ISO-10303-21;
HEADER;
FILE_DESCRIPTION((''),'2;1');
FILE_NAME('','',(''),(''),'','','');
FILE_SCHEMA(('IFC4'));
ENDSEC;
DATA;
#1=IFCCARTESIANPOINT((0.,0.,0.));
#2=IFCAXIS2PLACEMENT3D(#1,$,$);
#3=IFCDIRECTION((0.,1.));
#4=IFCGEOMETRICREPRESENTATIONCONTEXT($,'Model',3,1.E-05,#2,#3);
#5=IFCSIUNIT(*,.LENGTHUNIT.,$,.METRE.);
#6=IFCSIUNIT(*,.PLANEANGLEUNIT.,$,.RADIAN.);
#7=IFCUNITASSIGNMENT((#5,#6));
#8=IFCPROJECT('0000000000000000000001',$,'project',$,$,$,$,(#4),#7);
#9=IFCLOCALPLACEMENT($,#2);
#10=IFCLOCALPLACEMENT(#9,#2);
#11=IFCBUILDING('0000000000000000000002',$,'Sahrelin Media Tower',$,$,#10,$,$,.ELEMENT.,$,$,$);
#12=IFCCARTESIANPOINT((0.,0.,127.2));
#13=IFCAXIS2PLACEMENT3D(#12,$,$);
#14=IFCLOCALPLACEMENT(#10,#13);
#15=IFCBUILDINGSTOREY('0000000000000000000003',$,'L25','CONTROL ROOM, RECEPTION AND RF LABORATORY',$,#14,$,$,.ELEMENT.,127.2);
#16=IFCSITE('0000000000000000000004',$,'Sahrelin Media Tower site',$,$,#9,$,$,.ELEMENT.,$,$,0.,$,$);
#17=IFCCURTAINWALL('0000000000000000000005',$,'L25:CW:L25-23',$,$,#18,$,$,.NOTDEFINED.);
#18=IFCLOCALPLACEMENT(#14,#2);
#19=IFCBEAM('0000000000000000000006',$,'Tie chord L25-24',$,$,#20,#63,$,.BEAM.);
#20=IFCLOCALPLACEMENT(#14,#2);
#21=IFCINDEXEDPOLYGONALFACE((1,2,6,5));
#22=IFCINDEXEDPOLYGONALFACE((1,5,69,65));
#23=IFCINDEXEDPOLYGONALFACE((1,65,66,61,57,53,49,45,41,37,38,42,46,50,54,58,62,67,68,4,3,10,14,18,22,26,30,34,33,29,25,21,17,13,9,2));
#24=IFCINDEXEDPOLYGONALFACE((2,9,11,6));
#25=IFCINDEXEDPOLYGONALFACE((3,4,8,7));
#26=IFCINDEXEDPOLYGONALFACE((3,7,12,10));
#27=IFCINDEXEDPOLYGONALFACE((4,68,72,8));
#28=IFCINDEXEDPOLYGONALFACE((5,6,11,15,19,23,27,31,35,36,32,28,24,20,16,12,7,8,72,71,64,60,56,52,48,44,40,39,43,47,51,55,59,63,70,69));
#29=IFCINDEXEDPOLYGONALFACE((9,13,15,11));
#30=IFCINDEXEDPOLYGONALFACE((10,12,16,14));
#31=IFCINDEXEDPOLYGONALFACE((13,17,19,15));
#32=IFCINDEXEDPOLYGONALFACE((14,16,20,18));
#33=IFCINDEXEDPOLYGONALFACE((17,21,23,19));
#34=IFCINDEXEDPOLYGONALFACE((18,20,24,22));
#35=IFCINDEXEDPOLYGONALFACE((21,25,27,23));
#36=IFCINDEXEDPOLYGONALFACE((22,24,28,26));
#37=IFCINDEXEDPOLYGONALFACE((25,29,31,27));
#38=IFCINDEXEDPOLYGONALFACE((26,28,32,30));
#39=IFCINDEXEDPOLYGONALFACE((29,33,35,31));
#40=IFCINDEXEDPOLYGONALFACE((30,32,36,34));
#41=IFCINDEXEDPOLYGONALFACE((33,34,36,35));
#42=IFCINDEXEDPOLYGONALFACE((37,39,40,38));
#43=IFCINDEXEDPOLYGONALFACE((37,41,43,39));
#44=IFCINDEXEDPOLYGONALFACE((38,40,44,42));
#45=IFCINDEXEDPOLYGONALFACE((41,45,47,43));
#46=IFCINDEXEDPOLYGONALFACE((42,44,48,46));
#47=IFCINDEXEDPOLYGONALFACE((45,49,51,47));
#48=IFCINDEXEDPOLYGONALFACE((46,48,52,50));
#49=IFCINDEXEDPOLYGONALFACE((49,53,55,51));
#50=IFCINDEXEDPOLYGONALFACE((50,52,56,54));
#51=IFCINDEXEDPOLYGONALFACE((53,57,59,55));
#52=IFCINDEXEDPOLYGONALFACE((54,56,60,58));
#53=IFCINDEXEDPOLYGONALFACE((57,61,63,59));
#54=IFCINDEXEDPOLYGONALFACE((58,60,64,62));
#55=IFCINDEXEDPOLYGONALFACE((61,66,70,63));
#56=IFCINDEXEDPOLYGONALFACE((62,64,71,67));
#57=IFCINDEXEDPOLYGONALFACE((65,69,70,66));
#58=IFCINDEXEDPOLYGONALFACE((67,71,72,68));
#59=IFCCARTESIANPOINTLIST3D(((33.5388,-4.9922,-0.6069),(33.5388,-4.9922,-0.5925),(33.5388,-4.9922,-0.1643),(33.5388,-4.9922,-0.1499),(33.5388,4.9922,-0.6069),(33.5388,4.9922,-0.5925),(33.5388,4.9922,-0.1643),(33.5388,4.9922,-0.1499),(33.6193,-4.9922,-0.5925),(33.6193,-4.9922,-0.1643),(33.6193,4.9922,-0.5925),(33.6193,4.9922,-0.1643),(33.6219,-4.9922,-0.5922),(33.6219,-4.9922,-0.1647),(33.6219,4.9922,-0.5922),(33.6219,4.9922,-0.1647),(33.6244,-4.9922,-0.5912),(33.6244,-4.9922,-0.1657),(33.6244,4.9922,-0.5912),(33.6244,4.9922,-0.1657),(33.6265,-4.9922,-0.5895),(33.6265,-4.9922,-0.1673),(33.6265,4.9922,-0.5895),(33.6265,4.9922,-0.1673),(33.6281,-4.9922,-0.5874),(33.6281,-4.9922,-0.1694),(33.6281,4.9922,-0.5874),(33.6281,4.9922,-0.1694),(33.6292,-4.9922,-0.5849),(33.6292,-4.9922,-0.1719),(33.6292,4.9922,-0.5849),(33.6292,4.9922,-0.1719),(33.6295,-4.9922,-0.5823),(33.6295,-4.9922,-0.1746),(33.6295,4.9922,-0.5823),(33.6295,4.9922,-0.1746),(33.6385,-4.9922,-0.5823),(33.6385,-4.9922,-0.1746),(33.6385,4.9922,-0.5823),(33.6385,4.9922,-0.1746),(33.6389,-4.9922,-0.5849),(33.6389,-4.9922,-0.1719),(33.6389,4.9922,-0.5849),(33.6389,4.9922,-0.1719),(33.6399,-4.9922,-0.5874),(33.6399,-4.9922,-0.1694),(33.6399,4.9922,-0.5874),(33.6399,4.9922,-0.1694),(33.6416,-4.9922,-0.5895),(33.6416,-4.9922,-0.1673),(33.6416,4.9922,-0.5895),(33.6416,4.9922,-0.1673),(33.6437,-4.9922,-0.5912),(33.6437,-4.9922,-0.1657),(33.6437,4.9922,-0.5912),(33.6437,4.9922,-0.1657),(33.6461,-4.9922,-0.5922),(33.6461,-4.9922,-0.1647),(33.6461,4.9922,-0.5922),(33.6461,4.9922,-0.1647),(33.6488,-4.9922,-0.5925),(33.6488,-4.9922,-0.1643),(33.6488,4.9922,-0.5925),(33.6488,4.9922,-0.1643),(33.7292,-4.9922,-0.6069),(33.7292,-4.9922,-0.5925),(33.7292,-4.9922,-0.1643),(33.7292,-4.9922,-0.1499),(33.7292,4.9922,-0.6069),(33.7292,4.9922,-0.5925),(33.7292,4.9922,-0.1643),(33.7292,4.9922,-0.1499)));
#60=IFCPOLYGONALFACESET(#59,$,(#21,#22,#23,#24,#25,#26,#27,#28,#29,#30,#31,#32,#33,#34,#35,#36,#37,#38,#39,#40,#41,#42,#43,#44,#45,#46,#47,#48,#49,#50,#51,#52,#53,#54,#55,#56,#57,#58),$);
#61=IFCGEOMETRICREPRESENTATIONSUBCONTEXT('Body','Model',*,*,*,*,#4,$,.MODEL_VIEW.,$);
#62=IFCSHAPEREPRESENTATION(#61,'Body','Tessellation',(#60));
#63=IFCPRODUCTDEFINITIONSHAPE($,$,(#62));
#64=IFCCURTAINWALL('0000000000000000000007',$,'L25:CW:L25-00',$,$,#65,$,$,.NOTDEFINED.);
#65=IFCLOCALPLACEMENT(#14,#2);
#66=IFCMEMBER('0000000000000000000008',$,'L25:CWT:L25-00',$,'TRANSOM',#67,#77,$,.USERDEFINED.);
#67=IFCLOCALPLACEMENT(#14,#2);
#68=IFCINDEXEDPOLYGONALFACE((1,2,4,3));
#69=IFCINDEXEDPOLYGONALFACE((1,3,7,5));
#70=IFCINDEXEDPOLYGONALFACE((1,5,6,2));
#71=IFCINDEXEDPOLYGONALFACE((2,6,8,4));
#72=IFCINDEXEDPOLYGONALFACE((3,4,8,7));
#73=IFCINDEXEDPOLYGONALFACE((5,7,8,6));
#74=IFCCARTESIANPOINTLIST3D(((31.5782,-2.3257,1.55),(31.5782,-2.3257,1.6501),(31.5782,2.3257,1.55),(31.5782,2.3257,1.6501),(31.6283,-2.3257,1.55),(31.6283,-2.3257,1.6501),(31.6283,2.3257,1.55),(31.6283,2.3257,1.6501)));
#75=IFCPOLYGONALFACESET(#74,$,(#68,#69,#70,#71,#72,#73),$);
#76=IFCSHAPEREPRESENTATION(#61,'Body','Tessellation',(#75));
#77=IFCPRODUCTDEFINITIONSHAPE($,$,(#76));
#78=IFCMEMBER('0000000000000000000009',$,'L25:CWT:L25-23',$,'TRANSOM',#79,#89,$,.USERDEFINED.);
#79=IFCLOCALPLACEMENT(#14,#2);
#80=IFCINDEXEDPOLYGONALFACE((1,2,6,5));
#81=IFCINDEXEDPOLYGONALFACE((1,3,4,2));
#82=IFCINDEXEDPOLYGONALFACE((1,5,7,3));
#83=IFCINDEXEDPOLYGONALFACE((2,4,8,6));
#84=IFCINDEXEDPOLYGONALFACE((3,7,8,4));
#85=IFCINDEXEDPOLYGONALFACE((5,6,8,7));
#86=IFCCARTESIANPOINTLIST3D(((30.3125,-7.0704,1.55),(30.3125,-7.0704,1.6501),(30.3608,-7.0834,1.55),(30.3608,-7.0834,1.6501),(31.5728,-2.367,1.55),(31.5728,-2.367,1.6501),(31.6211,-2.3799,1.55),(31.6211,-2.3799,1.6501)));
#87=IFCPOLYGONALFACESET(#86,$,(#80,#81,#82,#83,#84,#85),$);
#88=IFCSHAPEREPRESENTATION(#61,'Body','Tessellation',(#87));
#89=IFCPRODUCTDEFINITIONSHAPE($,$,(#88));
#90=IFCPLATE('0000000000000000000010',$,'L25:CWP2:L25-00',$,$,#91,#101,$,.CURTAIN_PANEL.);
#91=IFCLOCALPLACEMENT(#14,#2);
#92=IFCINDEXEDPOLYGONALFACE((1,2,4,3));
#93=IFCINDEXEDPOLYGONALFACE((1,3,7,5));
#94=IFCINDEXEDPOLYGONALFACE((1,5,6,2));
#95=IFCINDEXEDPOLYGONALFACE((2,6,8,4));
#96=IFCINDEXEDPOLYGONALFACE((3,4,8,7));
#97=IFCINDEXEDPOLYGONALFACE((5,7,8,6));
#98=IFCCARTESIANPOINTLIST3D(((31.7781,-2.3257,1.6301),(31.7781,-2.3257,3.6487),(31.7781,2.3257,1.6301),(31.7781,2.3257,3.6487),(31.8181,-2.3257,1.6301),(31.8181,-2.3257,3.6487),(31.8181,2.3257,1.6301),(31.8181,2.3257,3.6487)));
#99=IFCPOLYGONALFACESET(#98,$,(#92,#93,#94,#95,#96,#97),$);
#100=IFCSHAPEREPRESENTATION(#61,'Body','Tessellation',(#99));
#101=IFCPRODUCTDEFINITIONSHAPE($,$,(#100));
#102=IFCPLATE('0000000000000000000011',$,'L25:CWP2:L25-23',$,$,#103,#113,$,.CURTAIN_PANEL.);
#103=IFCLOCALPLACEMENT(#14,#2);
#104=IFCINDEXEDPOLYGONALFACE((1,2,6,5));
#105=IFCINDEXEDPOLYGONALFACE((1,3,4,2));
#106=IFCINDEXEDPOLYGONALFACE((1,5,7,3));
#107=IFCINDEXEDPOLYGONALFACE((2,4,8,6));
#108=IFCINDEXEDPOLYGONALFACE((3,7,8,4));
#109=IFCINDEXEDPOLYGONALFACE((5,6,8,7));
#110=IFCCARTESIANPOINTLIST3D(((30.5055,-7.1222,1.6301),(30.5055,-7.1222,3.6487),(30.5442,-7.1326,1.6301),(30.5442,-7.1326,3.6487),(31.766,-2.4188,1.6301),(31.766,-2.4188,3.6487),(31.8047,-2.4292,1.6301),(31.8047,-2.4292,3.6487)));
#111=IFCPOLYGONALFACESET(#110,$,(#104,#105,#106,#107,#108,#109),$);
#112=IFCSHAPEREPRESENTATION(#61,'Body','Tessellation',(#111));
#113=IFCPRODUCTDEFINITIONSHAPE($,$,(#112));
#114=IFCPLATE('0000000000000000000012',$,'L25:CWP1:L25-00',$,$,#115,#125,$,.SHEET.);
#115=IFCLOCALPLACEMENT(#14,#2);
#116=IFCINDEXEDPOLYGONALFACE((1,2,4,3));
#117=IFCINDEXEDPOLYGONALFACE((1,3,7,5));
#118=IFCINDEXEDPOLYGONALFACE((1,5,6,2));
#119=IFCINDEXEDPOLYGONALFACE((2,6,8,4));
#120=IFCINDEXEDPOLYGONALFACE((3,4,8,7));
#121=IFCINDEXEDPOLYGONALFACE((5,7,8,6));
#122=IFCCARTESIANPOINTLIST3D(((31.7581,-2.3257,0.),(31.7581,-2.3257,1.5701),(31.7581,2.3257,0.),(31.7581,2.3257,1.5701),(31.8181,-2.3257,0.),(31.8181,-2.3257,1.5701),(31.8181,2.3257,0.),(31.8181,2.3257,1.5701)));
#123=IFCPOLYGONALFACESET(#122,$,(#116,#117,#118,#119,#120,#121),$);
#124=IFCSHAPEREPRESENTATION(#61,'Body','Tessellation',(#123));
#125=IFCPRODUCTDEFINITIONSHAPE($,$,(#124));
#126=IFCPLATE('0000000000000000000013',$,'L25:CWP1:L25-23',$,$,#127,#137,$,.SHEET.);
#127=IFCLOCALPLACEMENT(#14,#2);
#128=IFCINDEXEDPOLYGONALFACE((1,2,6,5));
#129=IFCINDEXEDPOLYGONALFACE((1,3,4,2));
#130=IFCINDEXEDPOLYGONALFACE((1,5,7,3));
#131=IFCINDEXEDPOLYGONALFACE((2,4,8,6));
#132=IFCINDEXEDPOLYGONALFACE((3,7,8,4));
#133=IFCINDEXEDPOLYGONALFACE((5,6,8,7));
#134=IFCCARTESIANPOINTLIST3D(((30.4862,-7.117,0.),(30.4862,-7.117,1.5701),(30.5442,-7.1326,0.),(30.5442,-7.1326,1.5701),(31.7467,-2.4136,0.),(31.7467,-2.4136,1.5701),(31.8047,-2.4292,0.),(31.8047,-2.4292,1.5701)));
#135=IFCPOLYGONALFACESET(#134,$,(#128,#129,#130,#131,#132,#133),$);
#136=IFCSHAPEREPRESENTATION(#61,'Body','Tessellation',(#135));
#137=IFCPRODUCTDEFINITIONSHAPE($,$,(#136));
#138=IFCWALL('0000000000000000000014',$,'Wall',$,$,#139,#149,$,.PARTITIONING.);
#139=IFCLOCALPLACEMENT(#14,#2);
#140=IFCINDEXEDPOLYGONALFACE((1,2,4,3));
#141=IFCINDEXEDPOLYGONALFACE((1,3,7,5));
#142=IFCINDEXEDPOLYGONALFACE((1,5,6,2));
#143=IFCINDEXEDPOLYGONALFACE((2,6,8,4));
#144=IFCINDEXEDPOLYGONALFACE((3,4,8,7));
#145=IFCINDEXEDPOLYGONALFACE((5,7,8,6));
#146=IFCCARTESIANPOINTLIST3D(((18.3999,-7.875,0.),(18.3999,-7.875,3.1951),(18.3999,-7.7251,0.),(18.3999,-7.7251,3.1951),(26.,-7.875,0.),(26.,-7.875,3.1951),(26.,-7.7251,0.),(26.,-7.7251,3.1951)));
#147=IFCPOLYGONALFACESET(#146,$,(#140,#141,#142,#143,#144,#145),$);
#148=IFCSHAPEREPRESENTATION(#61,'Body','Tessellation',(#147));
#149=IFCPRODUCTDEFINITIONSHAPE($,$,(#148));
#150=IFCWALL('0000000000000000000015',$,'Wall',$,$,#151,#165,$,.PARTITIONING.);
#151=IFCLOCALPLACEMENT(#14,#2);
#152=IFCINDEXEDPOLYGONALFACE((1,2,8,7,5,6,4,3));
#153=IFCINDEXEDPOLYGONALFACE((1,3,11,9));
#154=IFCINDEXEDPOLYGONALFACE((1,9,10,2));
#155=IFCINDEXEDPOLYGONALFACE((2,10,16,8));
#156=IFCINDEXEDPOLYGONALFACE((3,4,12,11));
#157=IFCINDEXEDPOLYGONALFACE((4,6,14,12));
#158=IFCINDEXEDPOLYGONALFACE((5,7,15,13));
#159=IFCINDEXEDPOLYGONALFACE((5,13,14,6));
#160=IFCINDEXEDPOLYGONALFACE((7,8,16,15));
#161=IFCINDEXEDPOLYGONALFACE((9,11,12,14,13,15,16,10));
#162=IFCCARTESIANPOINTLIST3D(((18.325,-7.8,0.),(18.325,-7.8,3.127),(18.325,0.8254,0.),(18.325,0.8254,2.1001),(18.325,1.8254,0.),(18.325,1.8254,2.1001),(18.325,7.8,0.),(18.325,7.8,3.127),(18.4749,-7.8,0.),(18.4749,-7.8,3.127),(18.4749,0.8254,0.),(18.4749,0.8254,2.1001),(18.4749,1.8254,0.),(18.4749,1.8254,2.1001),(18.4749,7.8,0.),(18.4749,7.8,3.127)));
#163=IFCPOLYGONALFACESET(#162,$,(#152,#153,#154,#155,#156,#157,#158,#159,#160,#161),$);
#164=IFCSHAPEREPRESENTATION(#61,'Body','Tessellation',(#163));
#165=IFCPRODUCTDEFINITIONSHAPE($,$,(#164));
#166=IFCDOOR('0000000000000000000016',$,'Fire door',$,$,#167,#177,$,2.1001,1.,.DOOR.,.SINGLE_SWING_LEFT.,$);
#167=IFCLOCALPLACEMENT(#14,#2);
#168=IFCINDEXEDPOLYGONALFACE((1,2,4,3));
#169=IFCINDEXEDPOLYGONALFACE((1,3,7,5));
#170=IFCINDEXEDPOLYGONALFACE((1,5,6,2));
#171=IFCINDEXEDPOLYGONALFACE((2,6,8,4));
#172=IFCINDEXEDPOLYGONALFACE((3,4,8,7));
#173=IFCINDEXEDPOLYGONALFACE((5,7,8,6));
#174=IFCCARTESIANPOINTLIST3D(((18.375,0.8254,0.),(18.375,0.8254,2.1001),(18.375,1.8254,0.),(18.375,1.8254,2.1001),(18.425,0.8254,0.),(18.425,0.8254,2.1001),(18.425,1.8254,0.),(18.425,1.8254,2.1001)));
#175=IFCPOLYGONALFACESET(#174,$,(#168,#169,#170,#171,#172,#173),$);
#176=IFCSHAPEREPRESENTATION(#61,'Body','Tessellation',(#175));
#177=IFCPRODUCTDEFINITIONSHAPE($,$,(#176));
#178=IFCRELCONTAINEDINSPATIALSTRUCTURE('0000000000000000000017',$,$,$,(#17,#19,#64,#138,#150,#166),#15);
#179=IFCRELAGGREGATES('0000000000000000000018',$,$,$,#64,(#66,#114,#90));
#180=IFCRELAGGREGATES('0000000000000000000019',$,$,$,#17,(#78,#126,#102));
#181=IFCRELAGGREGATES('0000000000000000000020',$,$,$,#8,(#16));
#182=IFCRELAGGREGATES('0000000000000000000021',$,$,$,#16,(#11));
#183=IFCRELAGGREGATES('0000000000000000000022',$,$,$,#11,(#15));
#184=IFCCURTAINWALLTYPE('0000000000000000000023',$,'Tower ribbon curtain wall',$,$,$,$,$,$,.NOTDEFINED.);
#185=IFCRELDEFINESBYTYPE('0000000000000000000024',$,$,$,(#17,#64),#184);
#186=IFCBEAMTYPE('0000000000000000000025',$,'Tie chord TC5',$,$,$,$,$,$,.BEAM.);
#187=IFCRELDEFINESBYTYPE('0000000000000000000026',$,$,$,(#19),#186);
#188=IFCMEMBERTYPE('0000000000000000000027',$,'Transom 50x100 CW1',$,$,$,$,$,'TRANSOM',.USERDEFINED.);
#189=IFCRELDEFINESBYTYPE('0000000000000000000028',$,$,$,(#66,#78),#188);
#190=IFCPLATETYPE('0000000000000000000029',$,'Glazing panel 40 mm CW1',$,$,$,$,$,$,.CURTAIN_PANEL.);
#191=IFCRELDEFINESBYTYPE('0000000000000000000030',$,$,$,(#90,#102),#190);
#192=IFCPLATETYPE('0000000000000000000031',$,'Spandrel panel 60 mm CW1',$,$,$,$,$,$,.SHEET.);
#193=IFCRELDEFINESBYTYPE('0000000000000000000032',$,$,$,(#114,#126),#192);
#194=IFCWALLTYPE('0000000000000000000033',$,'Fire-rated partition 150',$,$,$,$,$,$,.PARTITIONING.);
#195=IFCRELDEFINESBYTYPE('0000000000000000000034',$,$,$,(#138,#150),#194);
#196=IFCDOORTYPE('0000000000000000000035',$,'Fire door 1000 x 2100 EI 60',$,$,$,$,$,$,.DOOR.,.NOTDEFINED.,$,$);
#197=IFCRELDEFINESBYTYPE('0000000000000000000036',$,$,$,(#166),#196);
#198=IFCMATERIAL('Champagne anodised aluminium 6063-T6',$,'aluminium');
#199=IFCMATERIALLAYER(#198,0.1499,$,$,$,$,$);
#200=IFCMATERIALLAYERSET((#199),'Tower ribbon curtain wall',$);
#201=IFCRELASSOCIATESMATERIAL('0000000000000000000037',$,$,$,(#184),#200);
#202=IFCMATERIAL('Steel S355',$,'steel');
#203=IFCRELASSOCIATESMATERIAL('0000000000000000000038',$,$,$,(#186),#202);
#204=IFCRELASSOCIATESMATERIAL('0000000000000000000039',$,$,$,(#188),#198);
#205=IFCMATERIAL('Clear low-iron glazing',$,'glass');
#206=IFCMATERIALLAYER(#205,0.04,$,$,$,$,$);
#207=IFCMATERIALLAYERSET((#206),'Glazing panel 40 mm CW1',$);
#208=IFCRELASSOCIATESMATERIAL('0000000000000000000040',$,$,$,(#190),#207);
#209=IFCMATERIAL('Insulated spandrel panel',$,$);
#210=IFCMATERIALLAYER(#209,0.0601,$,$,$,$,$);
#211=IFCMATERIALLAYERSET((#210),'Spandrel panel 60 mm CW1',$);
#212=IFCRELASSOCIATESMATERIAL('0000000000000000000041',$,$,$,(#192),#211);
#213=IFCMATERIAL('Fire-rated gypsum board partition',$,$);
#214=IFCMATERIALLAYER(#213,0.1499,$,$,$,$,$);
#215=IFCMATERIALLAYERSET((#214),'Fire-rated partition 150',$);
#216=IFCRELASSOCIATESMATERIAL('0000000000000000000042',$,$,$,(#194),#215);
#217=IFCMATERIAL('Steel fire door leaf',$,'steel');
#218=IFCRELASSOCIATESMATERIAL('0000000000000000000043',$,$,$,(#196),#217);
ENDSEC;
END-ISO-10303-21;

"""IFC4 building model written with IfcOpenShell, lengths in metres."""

from ifc_helpers import new_model, si_unit, direction, frame, frame_2d, origin, origin_2d, place, context, subcontext, project, spatial, polyline, rectangle, i_section, outline, extrude, material, layer, layer_set, material_profile, profile_set, type_object, element, fill, aggregate, save


model = new_model("IFC4")

# Units and contexts
model_context = context("Model", 3, precision=1e-05, world=origin(), true_north=direction((0.0, 1.0)))
body_context = subcontext(model_context, "Body", "Model", "MODEL_VIEW")
ifc_project = project(units=[si_unit("LENGTHUNIT", "METRE"), si_unit("PLANEANGLEUNIT", "RADIAN")], contexts=[model_context])

# Site, building, storey
site_placement = place(None, origin())
site = spatial("IfcSite", under=ifc_project, at=site_placement, Name="Sahrelin Media Tower site", CompositionType="ELEMENT", RefElevation=0.0)
building_placement = place(site_placement, origin())
building = spatial("IfcBuilding", under=site, at=building_placement, Name="Sahrelin Media Tower", CompositionType="ELEMENT")
storey_placement = place(building_placement, frame((0.0, 0.0, 127.2)))
storey = spatial("IfcBuildingStorey", under=building, at=storey_placement, Name="L25", Description="CONTROL ROOM, RECEPTION AND RF LABORATORY", CompositionType="ELEMENT", Elevation=127.2)

# Shared definitions
ifc_material_1 = material(Name="Steel S355", Category="steel")

# Curtain wall
ifc_material_2 = material(Name="Champagne anodised aluminium 6063-T6", Category="aluminium")
ifc_layer_1 = layer(ifc_material_2, 0.1499)
ifc_layer_set_1 = layer_set([ifc_layer_1], Name="Tower ribbon curtain wall")
curtain_wall_type = type_object("IfcCurtainWallType", Name="Tower ribbon curtain wall", PredefinedType="NOTDEFINED", material=ifc_layer_set_1)
curtain_wall_1_placement = place(storey_placement, frame((31.155, -4.7759, 0.0), z_axis=(0.0, 0.0, 1.0), x_axis=(1.0, 0.0, 0.0)))
curtain_wall_1 = element("IfcCurtainWall", 1, at=curtain_wall_1_placement, inside=storey, type_object=curtain_wall_type, Name="L25:CW:L25-23", PredefinedType="NOTDEFINED")

# Beam
ifc_material_profile_1 = material_profile(ifc_material_1, i_section(OverallWidth=0.1904, OverallDepth=0.457, WebThickness=0.009, FlangeThickness=0.0144, FilletRadius=0.0103, at=origin_2d()), Name="UB 457x191x74")
ifc_profile_set_1 = profile_set([ifc_material_profile_1], Name="Steel S355")
beam_type_1 = type_object("IfcBeamType", Name="Tie chord TC5", PredefinedType="BEAM", material=ifc_profile_set_1)
beam_1_placement = place(storey_placement, frame((33.634, -4.9922, -0.3784), z_axis=(0.0, 1.0, 0.0), x_axis=(-1.0, 0.0, 0.0)))
element("IfcBeam", 2, at=beam_1_placement, inside=storey, type_object=beam_type_1, Name="Tie chord L25-24", PredefinedType="BEAM", context=body_context, shape_type="SweptSolid", body=[
    extrude(i_section(OverallWidth=0.1904, OverallDepth=0.457, WebThickness=0.009, FlangeThickness=0.0144, FilletRadius=0.0103, at=origin_2d()), origin(), (0.0, 0.0, 1.0), 9.9844),
])

# Curtain wall, member
curtain_wall_2_placement = place(storey_placement, frame((31.7981, 0.0, 0.0), z_axis=(0.0, 0.0, 1.0), x_axis=(1.0, 0.0, 0.0)))
curtain_wall_2 = element("IfcCurtainWall", 3, at=curtain_wall_2_placement, inside=storey, type_object=curtain_wall_type, Name="L25:CW:L25-00", PredefinedType="NOTDEFINED")
ifc_material_profile_2 = material_profile(ifc_material_2, rectangle(XDim=0.05, YDim=0.1001, at=origin_2d()), Name="Transom 50x100")
ifc_profile_set_2 = profile_set([ifc_material_profile_2], Name="Champagne anodised aluminium 6063-T6")
member_type_1 = type_object("IfcMemberType", Name="Transom 50x100 CW1", ElementType="TRANSOM", PredefinedType="USERDEFINED", material=ifc_profile_set_2)
member_1_placement = place(storey_placement, frame((31.6033, -2.3257, 1.6001), z_axis=(0.0, 1.0, 0.0), x_axis=(-1.0, 0.0, 0.0)))
member_1 = element("IfcMember", 4, at=member_1_placement, type_object=member_type_1, Name="L25:CWT:L25-00", ObjectType="TRANSOM", PredefinedType="USERDEFINED", context=body_context, shape_type="SweptSolid", body=[
    extrude(rectangle(XDim=0.05, YDim=0.1001, at=origin_2d()), origin(), (0.0, 0.0, 1.0), 4.6514),
])

# Member
member_2_placement = place(storey_placement, frame((30.3367, -7.0769, 1.6001), z_axis=(0.258817, 0.965926, 0.0), x_axis=(-0.965926, 0.258817, 0.0)))
member_2 = element("IfcMember", 5, at=member_2_placement, type_object=member_type_1, Name="L25:CWT:L25-23", ObjectType="TRANSOM", PredefinedType="USERDEFINED", context=body_context, shape_type="SweptSolid", body=[
    extrude(rectangle(XDim=0.05, YDim=0.1001, at=origin_2d()), origin(), (0.0, 0.0, 1.0), 4.8694),
])

# Plates
ifc_material_3 = material(Name="Clear low-iron glazing", Category="glass")
ifc_layer_2 = layer(ifc_material_3, 0.04)
ifc_layer_set_2 = layer_set([ifc_layer_2], Name="Glazing panel 40 mm CW1")
plate_type_1 = type_object("IfcPlateType", Name="Glazing panel 40 mm CW1", PredefinedType="CURTAIN_PANEL", material=ifc_layer_set_2)
plate_1_placement = place(storey_placement, frame((31.8181, -2.3257, 1.6301), z_axis=(1.0, 0.0, 0.0), x_axis=(0.0, 1.0, 0.0)))
plate_1 = element("IfcPlate", 6, at=plate_1_placement, type_object=plate_type_1, Name="L25:CWP2:L25-00", PredefinedType="CURTAIN_PANEL", context=body_context, shape_type="SweptSolid", body=[
    extrude(outline(polyline([(0.0, 0.0), (4.6514, 0.0), (4.6514, 2.0186), (0.0, 2.0186), (0.0, 0.0)])), origin(), (0.0, 0.0, -1.0), 0.04),
])
plate_2_placement = place(storey_placement, frame((30.5442, -7.1326, 1.6301), z_axis=(0.965914, -0.258864, 0.0), x_axis=(0.258864, 0.965914, 0.0)))
plate_2 = element("IfcPlate", 7, at=plate_2_placement, type_object=plate_type_1, Name="L25:CWP2:L25-23", PredefinedType="CURTAIN_PANEL", context=body_context, shape_type="SweptSolid", body=[
    extrude(outline(polyline([(0.0, 0.0), (4.8694, 0.0), (4.8694, 2.0186), (0.0, 2.0186), (0.0, 0.0)])), origin(), (0.0, 0.0, -1.0), 0.04),
])
ifc_material_4 = material(Name="Insulated spandrel panel")
ifc_layer_3 = layer(ifc_material_4, 0.0601)
ifc_layer_set_3 = layer_set([ifc_layer_3], Name="Spandrel panel 60 mm CW1")
plate_type_2 = type_object("IfcPlateType", Name="Spandrel panel 60 mm CW1", PredefinedType="SHEET", material=ifc_layer_set_3)
plate_3_placement = place(storey_placement, frame((31.8181, -2.3257, 0.0), z_axis=(1.0, 0.0, 0.0), x_axis=(0.0, 1.0, 0.0)))
plate_3 = element("IfcPlate", 8, at=plate_3_placement, type_object=plate_type_2, Name="L25:CWP1:L25-00", PredefinedType="SHEET", context=body_context, shape_type="SweptSolid", body=[
    extrude(outline(polyline([(0.0, 0.0), (4.6514, 0.0), (4.6514, 1.5701), (0.0, 1.5701), (0.0, 0.0)])), origin(), (0.0, 0.0, -1.0), 0.0601),
])
aggregate(curtain_wall_2, [member_1, plate_3, plate_1])
plate_4_placement = place(storey_placement, frame((30.5442, -7.1326, 0.0), z_axis=(0.965914, -0.258864, 0.0), x_axis=(0.258864, 0.965914, 0.0)))
plate_4 = element("IfcPlate", 9, at=plate_4_placement, type_object=plate_type_2, Name="L25:CWP1:L25-23", PredefinedType="SHEET", context=body_context, shape_type="SweptSolid", body=[
    extrude(outline(polyline([(0.0, 0.0), (4.8694, 0.0), (4.8694, 1.5701), (0.0, 1.5701), (0.0, 0.0)])), origin(), (0.0, 0.0, -1.0), 0.0601),
])
aggregate(curtain_wall_1, [member_2, plate_4, plate_2])

# Wall
ifc_material_5 = material(Name="Fire-rated gypsum board partition")
ifc_layer_4 = layer(ifc_material_5, 0.1499)
ifc_layer_set_4 = layer_set([ifc_layer_4], Name="Fire-rated partition 150")
wall_type_1 = type_object("IfcWallType", Name="Fire-rated partition 150", PredefinedType="PARTITIONING", material=ifc_layer_set_4)
wall_1_placement = place(storey_placement, frame((18.3999, -7.8, 0.0), z_axis=(0.0, 0.0, 1.0), x_axis=(1.0, 0.0, 0.0)))
element("IfcWall", 10, at=wall_1_placement, inside=storey, type_object=wall_type_1, Name="Wall", PredefinedType="PARTITIONING", context=body_context, shape_type="SweptSolid", body=[
    extrude(rectangle(XDim=7.6001, YDim=0.1499, at=frame_2d((3.8, 0.0))), origin(), (0.0, 0.0, 1.0), 3.1951),
])

# Wall, opening, door
wall_2_placement = place(storey_placement, frame((18.3999, -7.8, 0.0), z_axis=(0.0, 0.0, 1.0), x_axis=(0.0, 1.0, 0.0)))
wall_2 = element("IfcWall", 11, at=wall_2_placement, inside=storey, type_object=wall_type_1, Name="Wall", PredefinedType="PARTITIONING", context=body_context, shape_type="SweptSolid", body=[
    extrude(rectangle(XDim=15.6001, YDim=0.1499, at=frame_2d((7.8, 0.0))), origin(), (0.0, 0.0, 1.0), 3.127),
])
opening_1_placement = place(wall_2_placement, frame((8.6255, 0.0, 0.0)))
opening_1 = element("IfcOpeningElement", 12, at=opening_1_placement, cuts=wall_2, PredefinedType="OPENING", context=body_context, shape_type="SweptSolid", body=[
    extrude(rectangle(XDim=1.0, YDim=2.1001, at=frame_2d((0.5, 1.05))), frame((0.0, 0.075, 0.0), z_axis=(0.0, -1.0, 0.0), x_axis=(1.0, 0.0, 0.0)), (0.0, 0.0, 1.0), 0.1499),
])
ifc_material_6 = material(Name="Steel fire door leaf", Category="steel")
door_type_1 = type_object("IfcDoorType", Name="Fire door 1000 x 2100 EI 60", OperationType="NOTDEFINED", PredefinedType="DOOR", material=ifc_material_6)
door_1_placement = place(opening_1_placement, origin())
door_1 = element("IfcDoor", 13, at=door_1_placement, inside=storey, type_object=door_type_1, Name="Fire door", OperationType="SINGLE_SWING_LEFT", OverallHeight=2.1001, OverallWidth=1.0, PredefinedType="DOOR", context=body_context, shape_type="SweptSolid", body=[
    extrude(rectangle(XDim=1.0, YDim=2.1001, at=frame_2d((0.5, 1.05))), frame((0.0, 0.0249, 0.0), z_axis=(0.0, -1.0, 0.0), x_axis=(1.0, 0.0, 0.0)), (0.0, 0.0, 1.0), 0.05),
])
fill(opening_1, door_1)

save(model, "model.ifc")
